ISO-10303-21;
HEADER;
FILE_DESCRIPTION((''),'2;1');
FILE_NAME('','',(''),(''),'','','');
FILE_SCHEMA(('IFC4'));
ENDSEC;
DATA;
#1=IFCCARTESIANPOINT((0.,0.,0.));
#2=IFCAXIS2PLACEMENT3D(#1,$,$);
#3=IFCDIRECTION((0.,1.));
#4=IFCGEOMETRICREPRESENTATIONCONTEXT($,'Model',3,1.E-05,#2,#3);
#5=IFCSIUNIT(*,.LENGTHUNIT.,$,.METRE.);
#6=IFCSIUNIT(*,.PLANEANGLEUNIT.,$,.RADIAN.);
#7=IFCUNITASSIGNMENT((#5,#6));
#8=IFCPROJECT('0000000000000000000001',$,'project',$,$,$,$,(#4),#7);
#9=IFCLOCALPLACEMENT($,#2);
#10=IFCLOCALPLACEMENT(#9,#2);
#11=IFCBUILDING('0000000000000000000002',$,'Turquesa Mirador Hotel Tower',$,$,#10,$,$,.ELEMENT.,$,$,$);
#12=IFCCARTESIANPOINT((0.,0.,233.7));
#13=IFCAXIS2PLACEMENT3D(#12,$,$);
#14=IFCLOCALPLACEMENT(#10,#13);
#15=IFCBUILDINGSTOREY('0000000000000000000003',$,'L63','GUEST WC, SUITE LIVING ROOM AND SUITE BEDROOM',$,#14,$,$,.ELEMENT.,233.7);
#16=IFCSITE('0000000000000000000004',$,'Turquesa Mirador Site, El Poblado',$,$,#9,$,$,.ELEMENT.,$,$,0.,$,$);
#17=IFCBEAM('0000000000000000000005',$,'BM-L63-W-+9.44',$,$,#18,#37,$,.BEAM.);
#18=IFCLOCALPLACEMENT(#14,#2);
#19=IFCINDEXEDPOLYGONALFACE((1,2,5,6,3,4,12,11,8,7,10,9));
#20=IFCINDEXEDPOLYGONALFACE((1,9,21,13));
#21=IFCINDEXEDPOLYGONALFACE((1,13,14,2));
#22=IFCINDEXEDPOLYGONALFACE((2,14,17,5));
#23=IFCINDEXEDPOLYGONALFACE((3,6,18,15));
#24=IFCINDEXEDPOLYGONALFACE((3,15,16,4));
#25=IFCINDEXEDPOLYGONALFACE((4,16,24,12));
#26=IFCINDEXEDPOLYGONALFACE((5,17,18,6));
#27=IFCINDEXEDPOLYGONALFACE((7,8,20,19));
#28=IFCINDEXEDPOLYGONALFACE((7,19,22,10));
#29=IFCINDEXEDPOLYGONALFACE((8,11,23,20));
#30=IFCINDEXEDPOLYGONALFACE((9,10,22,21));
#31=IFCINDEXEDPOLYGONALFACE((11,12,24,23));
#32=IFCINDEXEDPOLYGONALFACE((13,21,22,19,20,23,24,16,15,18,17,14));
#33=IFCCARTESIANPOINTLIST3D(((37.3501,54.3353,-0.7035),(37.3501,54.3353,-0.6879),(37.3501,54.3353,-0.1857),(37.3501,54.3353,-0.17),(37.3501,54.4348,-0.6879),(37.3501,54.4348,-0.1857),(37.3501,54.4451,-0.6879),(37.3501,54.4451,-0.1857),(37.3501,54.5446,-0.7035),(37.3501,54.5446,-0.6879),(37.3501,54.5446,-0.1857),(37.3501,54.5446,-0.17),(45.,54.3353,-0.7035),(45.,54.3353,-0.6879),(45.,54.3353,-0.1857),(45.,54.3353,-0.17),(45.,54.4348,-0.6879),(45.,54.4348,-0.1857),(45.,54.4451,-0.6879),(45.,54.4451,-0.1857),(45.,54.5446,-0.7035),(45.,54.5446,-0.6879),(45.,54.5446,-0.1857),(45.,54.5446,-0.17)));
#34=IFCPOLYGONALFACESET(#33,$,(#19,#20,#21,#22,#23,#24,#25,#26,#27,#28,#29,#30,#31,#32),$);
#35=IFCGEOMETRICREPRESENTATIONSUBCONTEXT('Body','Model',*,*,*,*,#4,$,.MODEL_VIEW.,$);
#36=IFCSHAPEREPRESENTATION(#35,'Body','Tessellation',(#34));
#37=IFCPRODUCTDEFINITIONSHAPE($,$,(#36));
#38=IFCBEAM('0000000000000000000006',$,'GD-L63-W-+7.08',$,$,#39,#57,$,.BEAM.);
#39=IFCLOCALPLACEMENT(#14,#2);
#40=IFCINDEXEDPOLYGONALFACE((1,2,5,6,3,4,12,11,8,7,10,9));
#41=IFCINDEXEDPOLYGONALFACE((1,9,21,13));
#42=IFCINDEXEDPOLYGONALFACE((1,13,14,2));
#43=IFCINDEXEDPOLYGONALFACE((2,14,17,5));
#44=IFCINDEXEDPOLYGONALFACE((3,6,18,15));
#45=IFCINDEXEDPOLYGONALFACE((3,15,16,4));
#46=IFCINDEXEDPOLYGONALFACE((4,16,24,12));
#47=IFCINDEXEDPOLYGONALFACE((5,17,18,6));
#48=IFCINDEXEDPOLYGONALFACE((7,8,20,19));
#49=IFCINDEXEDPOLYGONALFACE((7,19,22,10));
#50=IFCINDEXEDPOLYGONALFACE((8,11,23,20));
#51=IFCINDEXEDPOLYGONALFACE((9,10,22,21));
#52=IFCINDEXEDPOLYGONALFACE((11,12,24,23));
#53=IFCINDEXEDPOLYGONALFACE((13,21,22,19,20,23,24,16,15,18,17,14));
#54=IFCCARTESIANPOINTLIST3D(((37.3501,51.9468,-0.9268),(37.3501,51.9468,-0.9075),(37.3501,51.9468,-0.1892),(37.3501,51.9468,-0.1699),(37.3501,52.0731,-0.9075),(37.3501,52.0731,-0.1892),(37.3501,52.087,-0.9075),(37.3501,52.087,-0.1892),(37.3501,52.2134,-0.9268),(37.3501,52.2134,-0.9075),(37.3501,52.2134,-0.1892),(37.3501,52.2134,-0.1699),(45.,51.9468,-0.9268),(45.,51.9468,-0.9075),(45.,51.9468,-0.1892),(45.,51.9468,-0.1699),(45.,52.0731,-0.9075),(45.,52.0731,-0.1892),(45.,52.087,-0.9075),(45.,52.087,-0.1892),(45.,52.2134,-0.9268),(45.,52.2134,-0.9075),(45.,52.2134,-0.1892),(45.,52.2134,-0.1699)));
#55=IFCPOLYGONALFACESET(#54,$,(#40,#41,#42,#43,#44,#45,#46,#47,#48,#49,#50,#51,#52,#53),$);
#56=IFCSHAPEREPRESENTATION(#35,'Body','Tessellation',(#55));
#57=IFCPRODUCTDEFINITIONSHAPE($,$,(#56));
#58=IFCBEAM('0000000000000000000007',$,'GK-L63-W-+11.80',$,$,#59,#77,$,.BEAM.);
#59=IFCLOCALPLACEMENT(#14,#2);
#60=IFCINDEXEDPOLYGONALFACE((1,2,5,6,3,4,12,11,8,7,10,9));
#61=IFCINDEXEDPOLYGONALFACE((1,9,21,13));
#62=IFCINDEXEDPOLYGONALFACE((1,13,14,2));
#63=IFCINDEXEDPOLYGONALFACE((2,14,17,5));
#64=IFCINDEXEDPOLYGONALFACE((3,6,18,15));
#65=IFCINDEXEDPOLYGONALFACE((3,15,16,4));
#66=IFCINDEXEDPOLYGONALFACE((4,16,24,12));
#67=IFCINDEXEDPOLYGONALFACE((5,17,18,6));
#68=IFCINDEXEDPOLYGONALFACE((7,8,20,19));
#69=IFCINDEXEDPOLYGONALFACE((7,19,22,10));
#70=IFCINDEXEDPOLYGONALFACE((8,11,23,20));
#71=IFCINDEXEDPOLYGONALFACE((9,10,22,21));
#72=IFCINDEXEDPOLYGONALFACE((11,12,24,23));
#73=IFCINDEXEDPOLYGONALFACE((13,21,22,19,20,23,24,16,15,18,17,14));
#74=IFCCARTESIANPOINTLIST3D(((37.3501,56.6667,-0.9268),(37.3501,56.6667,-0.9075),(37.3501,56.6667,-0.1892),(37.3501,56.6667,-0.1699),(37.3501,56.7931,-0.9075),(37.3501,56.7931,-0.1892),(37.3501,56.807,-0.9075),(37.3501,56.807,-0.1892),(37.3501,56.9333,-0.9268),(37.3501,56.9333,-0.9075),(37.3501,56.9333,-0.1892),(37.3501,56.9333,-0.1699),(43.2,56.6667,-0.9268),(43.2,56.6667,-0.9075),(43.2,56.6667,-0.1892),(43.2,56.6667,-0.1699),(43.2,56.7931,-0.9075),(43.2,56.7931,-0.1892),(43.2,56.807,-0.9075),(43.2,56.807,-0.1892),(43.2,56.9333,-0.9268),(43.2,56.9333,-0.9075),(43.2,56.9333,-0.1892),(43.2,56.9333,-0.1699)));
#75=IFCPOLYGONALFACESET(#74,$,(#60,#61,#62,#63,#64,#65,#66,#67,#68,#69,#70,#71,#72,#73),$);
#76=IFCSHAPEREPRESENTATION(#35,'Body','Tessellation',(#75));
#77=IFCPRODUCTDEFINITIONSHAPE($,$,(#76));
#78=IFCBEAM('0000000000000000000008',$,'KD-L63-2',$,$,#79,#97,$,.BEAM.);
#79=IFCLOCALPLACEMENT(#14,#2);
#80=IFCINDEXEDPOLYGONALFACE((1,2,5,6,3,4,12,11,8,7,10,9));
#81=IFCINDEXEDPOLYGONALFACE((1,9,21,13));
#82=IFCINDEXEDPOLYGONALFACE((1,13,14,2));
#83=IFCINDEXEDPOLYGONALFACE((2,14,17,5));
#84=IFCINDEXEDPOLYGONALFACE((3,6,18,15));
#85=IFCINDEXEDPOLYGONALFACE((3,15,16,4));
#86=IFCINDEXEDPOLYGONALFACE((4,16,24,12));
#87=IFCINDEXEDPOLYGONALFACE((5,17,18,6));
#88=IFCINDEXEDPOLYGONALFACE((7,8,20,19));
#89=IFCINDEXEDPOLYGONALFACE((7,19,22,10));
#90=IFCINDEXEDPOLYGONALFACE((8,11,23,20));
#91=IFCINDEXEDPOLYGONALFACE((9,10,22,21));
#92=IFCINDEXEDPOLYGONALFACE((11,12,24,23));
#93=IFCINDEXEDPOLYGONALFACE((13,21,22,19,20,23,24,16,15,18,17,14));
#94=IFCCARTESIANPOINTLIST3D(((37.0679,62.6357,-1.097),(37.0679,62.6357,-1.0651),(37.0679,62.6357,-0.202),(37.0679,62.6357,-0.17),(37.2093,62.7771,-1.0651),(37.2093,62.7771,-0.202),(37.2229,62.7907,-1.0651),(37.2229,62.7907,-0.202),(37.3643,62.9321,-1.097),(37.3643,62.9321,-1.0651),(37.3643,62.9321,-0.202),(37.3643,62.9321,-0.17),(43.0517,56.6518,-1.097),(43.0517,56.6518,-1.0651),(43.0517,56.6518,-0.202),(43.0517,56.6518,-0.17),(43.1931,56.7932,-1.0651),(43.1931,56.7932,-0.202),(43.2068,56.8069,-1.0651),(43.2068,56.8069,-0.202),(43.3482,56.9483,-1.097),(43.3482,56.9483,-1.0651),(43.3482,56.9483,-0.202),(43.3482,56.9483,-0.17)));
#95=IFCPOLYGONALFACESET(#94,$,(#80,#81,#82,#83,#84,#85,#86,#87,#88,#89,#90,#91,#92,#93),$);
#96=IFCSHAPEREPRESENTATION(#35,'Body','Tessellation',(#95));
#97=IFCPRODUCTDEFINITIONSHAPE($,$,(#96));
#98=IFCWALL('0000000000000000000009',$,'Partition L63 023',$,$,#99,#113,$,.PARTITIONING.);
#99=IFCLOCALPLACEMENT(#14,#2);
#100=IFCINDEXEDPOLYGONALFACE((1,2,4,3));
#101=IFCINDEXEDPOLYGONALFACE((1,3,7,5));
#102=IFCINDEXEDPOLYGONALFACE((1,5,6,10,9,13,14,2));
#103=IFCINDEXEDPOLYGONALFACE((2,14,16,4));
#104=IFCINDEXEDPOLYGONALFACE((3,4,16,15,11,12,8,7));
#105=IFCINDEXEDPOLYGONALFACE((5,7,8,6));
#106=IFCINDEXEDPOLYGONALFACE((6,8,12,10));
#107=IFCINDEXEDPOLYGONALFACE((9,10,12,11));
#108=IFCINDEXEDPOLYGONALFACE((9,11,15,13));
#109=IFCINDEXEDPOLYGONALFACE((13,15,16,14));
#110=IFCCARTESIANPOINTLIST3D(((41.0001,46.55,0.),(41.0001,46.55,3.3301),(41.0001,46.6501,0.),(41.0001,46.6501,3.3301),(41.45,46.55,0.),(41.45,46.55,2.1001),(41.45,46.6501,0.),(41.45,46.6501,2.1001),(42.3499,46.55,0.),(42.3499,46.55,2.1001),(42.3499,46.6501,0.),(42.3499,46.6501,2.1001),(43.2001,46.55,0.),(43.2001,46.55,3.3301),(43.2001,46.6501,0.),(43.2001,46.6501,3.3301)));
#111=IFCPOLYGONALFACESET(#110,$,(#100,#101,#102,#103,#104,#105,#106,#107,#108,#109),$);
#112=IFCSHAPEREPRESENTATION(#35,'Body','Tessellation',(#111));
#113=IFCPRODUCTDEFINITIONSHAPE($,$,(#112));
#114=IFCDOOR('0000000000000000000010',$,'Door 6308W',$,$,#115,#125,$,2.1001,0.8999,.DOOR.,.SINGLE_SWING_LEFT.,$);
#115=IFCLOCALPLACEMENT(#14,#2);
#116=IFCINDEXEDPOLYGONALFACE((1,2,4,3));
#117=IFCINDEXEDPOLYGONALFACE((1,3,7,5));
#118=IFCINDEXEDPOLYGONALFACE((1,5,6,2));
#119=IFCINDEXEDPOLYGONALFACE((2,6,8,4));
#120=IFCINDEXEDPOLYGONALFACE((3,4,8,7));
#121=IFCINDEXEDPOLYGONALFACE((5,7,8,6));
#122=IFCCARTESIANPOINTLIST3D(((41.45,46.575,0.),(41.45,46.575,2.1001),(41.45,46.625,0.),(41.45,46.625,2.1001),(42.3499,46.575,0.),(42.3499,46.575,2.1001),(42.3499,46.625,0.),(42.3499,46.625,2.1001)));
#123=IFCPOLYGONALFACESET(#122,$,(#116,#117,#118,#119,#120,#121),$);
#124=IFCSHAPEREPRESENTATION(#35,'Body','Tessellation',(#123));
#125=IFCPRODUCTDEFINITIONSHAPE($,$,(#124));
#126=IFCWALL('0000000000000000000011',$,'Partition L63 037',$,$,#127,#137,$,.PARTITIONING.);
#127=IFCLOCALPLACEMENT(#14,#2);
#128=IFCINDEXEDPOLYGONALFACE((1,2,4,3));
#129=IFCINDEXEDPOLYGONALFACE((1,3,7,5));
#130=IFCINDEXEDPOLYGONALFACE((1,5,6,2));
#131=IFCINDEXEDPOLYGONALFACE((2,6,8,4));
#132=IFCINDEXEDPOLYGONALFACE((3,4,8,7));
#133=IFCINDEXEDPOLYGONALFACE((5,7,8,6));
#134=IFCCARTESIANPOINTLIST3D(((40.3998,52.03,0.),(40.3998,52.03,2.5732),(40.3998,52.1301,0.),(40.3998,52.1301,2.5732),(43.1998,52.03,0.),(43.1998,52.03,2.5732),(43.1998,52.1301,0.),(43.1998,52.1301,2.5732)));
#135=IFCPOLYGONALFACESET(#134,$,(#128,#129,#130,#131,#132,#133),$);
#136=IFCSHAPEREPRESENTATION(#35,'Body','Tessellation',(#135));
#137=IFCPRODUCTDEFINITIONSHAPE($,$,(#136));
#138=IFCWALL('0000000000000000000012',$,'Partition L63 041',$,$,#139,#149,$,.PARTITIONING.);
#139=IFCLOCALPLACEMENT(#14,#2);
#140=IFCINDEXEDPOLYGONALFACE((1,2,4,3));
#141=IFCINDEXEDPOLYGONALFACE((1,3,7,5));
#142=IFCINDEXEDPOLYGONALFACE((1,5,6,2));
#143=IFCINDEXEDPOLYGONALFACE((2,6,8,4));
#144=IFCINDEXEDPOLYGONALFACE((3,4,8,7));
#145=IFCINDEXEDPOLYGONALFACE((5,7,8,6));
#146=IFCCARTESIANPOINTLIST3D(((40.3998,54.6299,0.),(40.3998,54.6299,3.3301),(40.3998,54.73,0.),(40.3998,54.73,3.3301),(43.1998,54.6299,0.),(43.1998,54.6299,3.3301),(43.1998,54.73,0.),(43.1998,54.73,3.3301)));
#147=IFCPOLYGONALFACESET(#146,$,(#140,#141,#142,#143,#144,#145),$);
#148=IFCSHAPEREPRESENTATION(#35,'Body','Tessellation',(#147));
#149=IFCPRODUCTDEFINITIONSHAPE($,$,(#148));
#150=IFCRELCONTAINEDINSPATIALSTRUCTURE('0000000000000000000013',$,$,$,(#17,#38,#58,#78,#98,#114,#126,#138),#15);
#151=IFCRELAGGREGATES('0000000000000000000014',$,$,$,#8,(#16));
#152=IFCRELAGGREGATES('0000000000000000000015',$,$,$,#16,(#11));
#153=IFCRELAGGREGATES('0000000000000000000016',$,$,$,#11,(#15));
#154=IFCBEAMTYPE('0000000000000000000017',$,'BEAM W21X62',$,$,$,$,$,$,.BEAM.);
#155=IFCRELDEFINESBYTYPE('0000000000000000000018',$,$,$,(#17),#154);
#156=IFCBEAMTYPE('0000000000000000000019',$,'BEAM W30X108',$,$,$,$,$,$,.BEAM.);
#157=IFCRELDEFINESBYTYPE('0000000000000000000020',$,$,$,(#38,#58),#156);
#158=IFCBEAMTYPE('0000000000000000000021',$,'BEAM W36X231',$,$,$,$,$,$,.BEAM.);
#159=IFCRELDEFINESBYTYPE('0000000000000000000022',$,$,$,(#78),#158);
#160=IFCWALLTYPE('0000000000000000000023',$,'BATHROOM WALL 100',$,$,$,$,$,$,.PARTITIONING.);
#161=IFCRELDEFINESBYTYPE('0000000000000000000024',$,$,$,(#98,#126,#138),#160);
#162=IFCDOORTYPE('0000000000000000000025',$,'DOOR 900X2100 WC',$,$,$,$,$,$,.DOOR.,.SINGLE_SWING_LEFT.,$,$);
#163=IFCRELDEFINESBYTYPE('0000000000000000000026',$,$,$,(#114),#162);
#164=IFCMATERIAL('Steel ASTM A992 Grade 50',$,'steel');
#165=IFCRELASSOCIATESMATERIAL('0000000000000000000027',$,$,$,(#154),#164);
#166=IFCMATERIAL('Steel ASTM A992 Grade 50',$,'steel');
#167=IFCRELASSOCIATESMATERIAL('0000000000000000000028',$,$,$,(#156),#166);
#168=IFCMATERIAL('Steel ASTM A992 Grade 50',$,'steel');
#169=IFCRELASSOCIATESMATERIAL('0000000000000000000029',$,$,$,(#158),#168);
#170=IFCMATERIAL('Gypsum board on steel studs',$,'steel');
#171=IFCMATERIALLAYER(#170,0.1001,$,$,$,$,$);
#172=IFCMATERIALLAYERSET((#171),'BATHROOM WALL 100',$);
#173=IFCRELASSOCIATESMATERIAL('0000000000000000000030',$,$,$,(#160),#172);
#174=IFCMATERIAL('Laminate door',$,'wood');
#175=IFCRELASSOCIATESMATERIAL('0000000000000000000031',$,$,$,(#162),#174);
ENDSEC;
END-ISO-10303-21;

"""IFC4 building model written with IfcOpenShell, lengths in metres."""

from ifc_helpers import new_model, si_unit, direction, frame, frame_2d, origin, origin_2d, place, context, subcontext, project, spatial, rectangle, i_section, extrude, material, layer, layer_set, material_profile, profile_set, type_object, element, fill, save


model = new_model("IFC4")

# Units and contexts
model_context = context("Model", 3, precision=1e-05, world=origin(), true_north=direction((0.0, 1.0)))
body_context = subcontext(model_context, "Body", "Model", "MODEL_VIEW")
ifc_project = project(units=[si_unit("LENGTHUNIT", "METRE"), si_unit("PLANEANGLEUNIT", "RADIAN")], contexts=[model_context])

# Site, building, storey
site_placement = place(None, origin())
site = spatial("IfcSite", under=ifc_project, at=site_placement, Name="Turquesa Mirador Site, El Poblado", CompositionType="ELEMENT", RefElevation=0.0)
building_placement = place(site_placement, origin())
building = spatial("IfcBuilding", under=site, at=building_placement, Name="Turquesa Mirador Hotel Tower", CompositionType="ELEMENT")
storey_placement = place(building_placement, frame((0.0, 0.0, 233.7)))
storey = spatial("IfcBuildingStorey", under=building, at=storey_placement, Name="L63", Description="GUEST WC, SUITE LIVING ROOM AND SUITE BEDROOM", CompositionType="ELEMENT", Elevation=233.7)

# Beams
ifc_material_1 = material(Name="Steel ASTM A992 Grade 50", Category="steel")
ifc_material_profile_1 = material_profile(ifc_material_1, i_section(OverallWidth=0.2092, OverallDepth=0.5334, WebThickness=0.0103, FlangeThickness=0.0156, at=origin_2d()), Name="W21X62")
ifc_profile_set_1 = profile_set([ifc_material_profile_1], Name="Steel ASTM A992 Grade 50")
beam_type_1 = type_object("IfcBeamType", Name="BEAM W21X62", PredefinedType="BEAM", material=ifc_profile_set_1)
for number, where, z_axis, x_axis, name in (
    (1, (37.3501, 54.4399, -0.4368), (1.0, 0.0, 0.0), (0.0, 1.0, 0.0), "BM-L63-W-+9.44"),
):
    element("IfcBeam", number, at=place(storey_placement, frame(where, z_axis=z_axis, x_axis=x_axis)), inside=storey, type_object=beam_type_1, Name=name, PredefinedType="BEAM", context=body_context, shape_type="SweptSolid", body=[
        extrude(i_section(OverallWidth=0.2092, OverallDepth=0.5334, WebThickness=0.0103, FlangeThickness=0.0156, at=origin_2d()), origin(), (0.0, 0.0, 1.0), 7.6499),
    ])
ifc_material_2 = material(Name="Steel ASTM A992 Grade 50", Category="steel")
ifc_material_profile_2 = material_profile(ifc_material_2, i_section(OverallWidth=0.2666, OverallDepth=0.7568, WebThickness=0.0139, FlangeThickness=0.0193, at=origin_2d()), Name="W30X108")
ifc_profile_set_2 = profile_set([ifc_material_profile_2], Name="Steel ASTM A992 Grade 50")
beam_type_2 = type_object("IfcBeamType", Name="BEAM W30X108", PredefinedType="BEAM", material=ifc_profile_set_2)
beam_1_placement = place(storey_placement, frame((37.3501, 52.0801, -0.5483), z_axis=(1.0, 0.0, 0.0), x_axis=(0.0, 1.0, 0.0)))
element("IfcBeam", 2, at=beam_1_placement, inside=storey, type_object=beam_type_2, Name="GD-L63-W-+7.08", PredefinedType="BEAM", context=body_context, shape_type="SweptSolid", body=[
    extrude(i_section(OverallWidth=0.2666, OverallDepth=0.7568, WebThickness=0.0139, FlangeThickness=0.0193, at=origin_2d()), origin(), (0.0, 0.0, 1.0), 7.6499),
])
beam_2_placement = place(storey_placement, frame((37.3501, 56.8, -0.5483), z_axis=(1.0, 0.0, 0.0), x_axis=(0.0, 1.0, 0.0)))
element("IfcBeam", 3, at=beam_2_placement, inside=storey, type_object=beam_type_2, Name="GK-L63-W-+11.80", PredefinedType="BEAM", context=body_context, shape_type="SweptSolid", body=[
    extrude(i_section(OverallWidth=0.2666, OverallDepth=0.7568, WebThickness=0.0139, FlangeThickness=0.0193, at=origin_2d()), origin(), (0.0, 0.0, 1.0), 5.8499),
])
ifc_material_3 = material(Name="Steel ASTM A992 Grade 50", Category="steel")
ifc_material_profile_3 = material_profile(ifc_material_3, i_section(OverallWidth=0.4192, OverallDepth=0.927, WebThickness=0.0193, FlangeThickness=0.032, at=origin_2d()), Name="W36X231")
ifc_profile_set_3 = profile_set([ifc_material_profile_3], Name="Steel ASTM A992 Grade 50")
beam_type_3 = type_object("IfcBeamType", Name="BEAM W36X231", PredefinedType="BEAM", material=ifc_profile_set_3)
beam_3_placement = place(storey_placement, frame((43.2, 56.8, -0.6335), z_axis=(-0.707107, 0.707107, 0.0), x_axis=(-0.707107, -0.707107, 0.0)))
element("IfcBeam", 4, at=beam_3_placement, inside=storey, type_object=beam_type_3, Name="KD-L63-2", PredefinedType="BEAM", context=body_context, shape_type="SweptSolid", body=[
    extrude(i_section(OverallWidth=0.4192, OverallDepth=0.927, WebThickness=0.0193, FlangeThickness=0.032, at=origin_2d()), origin(), (0.0, 0.0, 1.0), 8.4624),
])

# Wall, opening, door
ifc_material_4 = material(Name="Gypsum board on steel studs", Category="steel")
ifc_layer_1 = layer(ifc_material_4, 0.1001)
ifc_layer_set_1 = layer_set([ifc_layer_1], Name="BATHROOM WALL 100")
wall_type_1 = type_object("IfcWallType", Name="BATHROOM WALL 100", PredefinedType="PARTITIONING", material=ifc_layer_set_1)
wall_1_placement = place(storey_placement, frame((41.0, 46.6001, 0.0), z_axis=(0.0, 0.0, 1.0), x_axis=(1.0, 0.0, 0.0)))
wall_1 = element("IfcWall", 5, at=wall_1_placement, inside=storey, type_object=wall_type_1, Name="Partition L63 023", PredefinedType="PARTITIONING", context=body_context, shape_type="SweptSolid", body=[
    extrude(rectangle(XDim=2.2, YDim=0.1001, at=frame_2d((1.1001, 0.0))), origin(), (0.0, 0.0, 1.0), 3.3301),
])
opening_1_placement = place(wall_1_placement, frame((0.45, 0.0, 0.0)))
opening_1 = element("IfcOpeningElement", 6, at=opening_1_placement, cuts=wall_1, PredefinedType="OPENING", context=body_context, shape_type="SweptSolid", body=[
    extrude(rectangle(XDim=0.8999, YDim=2.1001, at=frame_2d((0.45, 1.05))), frame((0.0, 0.0601, 0.0), z_axis=(0.0, -1.0, 0.0), x_axis=(1.0, 0.0, 0.0)), (0.0, 0.0, 1.0), 0.1201),
])
ifc_material_5 = material(Name="Laminate door", Category="wood")
door_type_1 = type_object("IfcDoorType", Name="DOOR 900X2100 WC", OperationType="SINGLE_SWING_LEFT", PredefinedType="DOOR", material=ifc_material_5)
door_1_placement = place(opening_1_placement, origin())
door_1 = element("IfcDoor", 7, at=door_1_placement, inside=storey, type_object=door_type_1, Name="Door 6308W", OperationType="SINGLE_SWING_LEFT", OverallHeight=2.1001, OverallWidth=0.8999, PredefinedType="DOOR", context=body_context, shape_type="SweptSolid", body=[
    extrude(rectangle(XDim=0.8999, YDim=2.1001, at=frame_2d((0.45, 1.05))), frame((0.0, 0.0249, 0.0), z_axis=(0.0, -1.0, 0.0), x_axis=(1.0, 0.0, 0.0)), (0.0, 0.0, 1.0), 0.05),
])
fill(opening_1, door_1)

# Walls
wall_2_placement = place(storey_placement, frame((40.3999, 52.0801, 0.0), z_axis=(0.0, 0.0, 1.0), x_axis=(1.0, 0.0, 0.0)))
element("IfcWall", 8, at=wall_2_placement, inside=storey, type_object=wall_type_1, Name="Partition L63 037", PredefinedType="PARTITIONING", context=body_context, shape_type="SweptSolid", body=[
    extrude(rectangle(XDim=2.8, YDim=0.1001, at=frame_2d((1.3999, 0.0))), origin(), (0.0, 0.0, 1.0), 2.5732),
])
wall_3_placement = place(storey_placement, frame((40.3999, 54.6799, 0.0), z_axis=(0.0, 0.0, 1.0), x_axis=(1.0, 0.0, 0.0)))
element("IfcWall", 9, at=wall_3_placement, inside=storey, type_object=wall_type_1, Name="Partition L63 041", PredefinedType="PARTITIONING", context=body_context, shape_type="SweptSolid", body=[
    extrude(rectangle(XDim=2.8, YDim=0.1001, at=frame_2d((1.3999, 0.0))), origin(), (0.0, 0.0, 1.0), 3.3301),
])

save(model, "model.ifc")
